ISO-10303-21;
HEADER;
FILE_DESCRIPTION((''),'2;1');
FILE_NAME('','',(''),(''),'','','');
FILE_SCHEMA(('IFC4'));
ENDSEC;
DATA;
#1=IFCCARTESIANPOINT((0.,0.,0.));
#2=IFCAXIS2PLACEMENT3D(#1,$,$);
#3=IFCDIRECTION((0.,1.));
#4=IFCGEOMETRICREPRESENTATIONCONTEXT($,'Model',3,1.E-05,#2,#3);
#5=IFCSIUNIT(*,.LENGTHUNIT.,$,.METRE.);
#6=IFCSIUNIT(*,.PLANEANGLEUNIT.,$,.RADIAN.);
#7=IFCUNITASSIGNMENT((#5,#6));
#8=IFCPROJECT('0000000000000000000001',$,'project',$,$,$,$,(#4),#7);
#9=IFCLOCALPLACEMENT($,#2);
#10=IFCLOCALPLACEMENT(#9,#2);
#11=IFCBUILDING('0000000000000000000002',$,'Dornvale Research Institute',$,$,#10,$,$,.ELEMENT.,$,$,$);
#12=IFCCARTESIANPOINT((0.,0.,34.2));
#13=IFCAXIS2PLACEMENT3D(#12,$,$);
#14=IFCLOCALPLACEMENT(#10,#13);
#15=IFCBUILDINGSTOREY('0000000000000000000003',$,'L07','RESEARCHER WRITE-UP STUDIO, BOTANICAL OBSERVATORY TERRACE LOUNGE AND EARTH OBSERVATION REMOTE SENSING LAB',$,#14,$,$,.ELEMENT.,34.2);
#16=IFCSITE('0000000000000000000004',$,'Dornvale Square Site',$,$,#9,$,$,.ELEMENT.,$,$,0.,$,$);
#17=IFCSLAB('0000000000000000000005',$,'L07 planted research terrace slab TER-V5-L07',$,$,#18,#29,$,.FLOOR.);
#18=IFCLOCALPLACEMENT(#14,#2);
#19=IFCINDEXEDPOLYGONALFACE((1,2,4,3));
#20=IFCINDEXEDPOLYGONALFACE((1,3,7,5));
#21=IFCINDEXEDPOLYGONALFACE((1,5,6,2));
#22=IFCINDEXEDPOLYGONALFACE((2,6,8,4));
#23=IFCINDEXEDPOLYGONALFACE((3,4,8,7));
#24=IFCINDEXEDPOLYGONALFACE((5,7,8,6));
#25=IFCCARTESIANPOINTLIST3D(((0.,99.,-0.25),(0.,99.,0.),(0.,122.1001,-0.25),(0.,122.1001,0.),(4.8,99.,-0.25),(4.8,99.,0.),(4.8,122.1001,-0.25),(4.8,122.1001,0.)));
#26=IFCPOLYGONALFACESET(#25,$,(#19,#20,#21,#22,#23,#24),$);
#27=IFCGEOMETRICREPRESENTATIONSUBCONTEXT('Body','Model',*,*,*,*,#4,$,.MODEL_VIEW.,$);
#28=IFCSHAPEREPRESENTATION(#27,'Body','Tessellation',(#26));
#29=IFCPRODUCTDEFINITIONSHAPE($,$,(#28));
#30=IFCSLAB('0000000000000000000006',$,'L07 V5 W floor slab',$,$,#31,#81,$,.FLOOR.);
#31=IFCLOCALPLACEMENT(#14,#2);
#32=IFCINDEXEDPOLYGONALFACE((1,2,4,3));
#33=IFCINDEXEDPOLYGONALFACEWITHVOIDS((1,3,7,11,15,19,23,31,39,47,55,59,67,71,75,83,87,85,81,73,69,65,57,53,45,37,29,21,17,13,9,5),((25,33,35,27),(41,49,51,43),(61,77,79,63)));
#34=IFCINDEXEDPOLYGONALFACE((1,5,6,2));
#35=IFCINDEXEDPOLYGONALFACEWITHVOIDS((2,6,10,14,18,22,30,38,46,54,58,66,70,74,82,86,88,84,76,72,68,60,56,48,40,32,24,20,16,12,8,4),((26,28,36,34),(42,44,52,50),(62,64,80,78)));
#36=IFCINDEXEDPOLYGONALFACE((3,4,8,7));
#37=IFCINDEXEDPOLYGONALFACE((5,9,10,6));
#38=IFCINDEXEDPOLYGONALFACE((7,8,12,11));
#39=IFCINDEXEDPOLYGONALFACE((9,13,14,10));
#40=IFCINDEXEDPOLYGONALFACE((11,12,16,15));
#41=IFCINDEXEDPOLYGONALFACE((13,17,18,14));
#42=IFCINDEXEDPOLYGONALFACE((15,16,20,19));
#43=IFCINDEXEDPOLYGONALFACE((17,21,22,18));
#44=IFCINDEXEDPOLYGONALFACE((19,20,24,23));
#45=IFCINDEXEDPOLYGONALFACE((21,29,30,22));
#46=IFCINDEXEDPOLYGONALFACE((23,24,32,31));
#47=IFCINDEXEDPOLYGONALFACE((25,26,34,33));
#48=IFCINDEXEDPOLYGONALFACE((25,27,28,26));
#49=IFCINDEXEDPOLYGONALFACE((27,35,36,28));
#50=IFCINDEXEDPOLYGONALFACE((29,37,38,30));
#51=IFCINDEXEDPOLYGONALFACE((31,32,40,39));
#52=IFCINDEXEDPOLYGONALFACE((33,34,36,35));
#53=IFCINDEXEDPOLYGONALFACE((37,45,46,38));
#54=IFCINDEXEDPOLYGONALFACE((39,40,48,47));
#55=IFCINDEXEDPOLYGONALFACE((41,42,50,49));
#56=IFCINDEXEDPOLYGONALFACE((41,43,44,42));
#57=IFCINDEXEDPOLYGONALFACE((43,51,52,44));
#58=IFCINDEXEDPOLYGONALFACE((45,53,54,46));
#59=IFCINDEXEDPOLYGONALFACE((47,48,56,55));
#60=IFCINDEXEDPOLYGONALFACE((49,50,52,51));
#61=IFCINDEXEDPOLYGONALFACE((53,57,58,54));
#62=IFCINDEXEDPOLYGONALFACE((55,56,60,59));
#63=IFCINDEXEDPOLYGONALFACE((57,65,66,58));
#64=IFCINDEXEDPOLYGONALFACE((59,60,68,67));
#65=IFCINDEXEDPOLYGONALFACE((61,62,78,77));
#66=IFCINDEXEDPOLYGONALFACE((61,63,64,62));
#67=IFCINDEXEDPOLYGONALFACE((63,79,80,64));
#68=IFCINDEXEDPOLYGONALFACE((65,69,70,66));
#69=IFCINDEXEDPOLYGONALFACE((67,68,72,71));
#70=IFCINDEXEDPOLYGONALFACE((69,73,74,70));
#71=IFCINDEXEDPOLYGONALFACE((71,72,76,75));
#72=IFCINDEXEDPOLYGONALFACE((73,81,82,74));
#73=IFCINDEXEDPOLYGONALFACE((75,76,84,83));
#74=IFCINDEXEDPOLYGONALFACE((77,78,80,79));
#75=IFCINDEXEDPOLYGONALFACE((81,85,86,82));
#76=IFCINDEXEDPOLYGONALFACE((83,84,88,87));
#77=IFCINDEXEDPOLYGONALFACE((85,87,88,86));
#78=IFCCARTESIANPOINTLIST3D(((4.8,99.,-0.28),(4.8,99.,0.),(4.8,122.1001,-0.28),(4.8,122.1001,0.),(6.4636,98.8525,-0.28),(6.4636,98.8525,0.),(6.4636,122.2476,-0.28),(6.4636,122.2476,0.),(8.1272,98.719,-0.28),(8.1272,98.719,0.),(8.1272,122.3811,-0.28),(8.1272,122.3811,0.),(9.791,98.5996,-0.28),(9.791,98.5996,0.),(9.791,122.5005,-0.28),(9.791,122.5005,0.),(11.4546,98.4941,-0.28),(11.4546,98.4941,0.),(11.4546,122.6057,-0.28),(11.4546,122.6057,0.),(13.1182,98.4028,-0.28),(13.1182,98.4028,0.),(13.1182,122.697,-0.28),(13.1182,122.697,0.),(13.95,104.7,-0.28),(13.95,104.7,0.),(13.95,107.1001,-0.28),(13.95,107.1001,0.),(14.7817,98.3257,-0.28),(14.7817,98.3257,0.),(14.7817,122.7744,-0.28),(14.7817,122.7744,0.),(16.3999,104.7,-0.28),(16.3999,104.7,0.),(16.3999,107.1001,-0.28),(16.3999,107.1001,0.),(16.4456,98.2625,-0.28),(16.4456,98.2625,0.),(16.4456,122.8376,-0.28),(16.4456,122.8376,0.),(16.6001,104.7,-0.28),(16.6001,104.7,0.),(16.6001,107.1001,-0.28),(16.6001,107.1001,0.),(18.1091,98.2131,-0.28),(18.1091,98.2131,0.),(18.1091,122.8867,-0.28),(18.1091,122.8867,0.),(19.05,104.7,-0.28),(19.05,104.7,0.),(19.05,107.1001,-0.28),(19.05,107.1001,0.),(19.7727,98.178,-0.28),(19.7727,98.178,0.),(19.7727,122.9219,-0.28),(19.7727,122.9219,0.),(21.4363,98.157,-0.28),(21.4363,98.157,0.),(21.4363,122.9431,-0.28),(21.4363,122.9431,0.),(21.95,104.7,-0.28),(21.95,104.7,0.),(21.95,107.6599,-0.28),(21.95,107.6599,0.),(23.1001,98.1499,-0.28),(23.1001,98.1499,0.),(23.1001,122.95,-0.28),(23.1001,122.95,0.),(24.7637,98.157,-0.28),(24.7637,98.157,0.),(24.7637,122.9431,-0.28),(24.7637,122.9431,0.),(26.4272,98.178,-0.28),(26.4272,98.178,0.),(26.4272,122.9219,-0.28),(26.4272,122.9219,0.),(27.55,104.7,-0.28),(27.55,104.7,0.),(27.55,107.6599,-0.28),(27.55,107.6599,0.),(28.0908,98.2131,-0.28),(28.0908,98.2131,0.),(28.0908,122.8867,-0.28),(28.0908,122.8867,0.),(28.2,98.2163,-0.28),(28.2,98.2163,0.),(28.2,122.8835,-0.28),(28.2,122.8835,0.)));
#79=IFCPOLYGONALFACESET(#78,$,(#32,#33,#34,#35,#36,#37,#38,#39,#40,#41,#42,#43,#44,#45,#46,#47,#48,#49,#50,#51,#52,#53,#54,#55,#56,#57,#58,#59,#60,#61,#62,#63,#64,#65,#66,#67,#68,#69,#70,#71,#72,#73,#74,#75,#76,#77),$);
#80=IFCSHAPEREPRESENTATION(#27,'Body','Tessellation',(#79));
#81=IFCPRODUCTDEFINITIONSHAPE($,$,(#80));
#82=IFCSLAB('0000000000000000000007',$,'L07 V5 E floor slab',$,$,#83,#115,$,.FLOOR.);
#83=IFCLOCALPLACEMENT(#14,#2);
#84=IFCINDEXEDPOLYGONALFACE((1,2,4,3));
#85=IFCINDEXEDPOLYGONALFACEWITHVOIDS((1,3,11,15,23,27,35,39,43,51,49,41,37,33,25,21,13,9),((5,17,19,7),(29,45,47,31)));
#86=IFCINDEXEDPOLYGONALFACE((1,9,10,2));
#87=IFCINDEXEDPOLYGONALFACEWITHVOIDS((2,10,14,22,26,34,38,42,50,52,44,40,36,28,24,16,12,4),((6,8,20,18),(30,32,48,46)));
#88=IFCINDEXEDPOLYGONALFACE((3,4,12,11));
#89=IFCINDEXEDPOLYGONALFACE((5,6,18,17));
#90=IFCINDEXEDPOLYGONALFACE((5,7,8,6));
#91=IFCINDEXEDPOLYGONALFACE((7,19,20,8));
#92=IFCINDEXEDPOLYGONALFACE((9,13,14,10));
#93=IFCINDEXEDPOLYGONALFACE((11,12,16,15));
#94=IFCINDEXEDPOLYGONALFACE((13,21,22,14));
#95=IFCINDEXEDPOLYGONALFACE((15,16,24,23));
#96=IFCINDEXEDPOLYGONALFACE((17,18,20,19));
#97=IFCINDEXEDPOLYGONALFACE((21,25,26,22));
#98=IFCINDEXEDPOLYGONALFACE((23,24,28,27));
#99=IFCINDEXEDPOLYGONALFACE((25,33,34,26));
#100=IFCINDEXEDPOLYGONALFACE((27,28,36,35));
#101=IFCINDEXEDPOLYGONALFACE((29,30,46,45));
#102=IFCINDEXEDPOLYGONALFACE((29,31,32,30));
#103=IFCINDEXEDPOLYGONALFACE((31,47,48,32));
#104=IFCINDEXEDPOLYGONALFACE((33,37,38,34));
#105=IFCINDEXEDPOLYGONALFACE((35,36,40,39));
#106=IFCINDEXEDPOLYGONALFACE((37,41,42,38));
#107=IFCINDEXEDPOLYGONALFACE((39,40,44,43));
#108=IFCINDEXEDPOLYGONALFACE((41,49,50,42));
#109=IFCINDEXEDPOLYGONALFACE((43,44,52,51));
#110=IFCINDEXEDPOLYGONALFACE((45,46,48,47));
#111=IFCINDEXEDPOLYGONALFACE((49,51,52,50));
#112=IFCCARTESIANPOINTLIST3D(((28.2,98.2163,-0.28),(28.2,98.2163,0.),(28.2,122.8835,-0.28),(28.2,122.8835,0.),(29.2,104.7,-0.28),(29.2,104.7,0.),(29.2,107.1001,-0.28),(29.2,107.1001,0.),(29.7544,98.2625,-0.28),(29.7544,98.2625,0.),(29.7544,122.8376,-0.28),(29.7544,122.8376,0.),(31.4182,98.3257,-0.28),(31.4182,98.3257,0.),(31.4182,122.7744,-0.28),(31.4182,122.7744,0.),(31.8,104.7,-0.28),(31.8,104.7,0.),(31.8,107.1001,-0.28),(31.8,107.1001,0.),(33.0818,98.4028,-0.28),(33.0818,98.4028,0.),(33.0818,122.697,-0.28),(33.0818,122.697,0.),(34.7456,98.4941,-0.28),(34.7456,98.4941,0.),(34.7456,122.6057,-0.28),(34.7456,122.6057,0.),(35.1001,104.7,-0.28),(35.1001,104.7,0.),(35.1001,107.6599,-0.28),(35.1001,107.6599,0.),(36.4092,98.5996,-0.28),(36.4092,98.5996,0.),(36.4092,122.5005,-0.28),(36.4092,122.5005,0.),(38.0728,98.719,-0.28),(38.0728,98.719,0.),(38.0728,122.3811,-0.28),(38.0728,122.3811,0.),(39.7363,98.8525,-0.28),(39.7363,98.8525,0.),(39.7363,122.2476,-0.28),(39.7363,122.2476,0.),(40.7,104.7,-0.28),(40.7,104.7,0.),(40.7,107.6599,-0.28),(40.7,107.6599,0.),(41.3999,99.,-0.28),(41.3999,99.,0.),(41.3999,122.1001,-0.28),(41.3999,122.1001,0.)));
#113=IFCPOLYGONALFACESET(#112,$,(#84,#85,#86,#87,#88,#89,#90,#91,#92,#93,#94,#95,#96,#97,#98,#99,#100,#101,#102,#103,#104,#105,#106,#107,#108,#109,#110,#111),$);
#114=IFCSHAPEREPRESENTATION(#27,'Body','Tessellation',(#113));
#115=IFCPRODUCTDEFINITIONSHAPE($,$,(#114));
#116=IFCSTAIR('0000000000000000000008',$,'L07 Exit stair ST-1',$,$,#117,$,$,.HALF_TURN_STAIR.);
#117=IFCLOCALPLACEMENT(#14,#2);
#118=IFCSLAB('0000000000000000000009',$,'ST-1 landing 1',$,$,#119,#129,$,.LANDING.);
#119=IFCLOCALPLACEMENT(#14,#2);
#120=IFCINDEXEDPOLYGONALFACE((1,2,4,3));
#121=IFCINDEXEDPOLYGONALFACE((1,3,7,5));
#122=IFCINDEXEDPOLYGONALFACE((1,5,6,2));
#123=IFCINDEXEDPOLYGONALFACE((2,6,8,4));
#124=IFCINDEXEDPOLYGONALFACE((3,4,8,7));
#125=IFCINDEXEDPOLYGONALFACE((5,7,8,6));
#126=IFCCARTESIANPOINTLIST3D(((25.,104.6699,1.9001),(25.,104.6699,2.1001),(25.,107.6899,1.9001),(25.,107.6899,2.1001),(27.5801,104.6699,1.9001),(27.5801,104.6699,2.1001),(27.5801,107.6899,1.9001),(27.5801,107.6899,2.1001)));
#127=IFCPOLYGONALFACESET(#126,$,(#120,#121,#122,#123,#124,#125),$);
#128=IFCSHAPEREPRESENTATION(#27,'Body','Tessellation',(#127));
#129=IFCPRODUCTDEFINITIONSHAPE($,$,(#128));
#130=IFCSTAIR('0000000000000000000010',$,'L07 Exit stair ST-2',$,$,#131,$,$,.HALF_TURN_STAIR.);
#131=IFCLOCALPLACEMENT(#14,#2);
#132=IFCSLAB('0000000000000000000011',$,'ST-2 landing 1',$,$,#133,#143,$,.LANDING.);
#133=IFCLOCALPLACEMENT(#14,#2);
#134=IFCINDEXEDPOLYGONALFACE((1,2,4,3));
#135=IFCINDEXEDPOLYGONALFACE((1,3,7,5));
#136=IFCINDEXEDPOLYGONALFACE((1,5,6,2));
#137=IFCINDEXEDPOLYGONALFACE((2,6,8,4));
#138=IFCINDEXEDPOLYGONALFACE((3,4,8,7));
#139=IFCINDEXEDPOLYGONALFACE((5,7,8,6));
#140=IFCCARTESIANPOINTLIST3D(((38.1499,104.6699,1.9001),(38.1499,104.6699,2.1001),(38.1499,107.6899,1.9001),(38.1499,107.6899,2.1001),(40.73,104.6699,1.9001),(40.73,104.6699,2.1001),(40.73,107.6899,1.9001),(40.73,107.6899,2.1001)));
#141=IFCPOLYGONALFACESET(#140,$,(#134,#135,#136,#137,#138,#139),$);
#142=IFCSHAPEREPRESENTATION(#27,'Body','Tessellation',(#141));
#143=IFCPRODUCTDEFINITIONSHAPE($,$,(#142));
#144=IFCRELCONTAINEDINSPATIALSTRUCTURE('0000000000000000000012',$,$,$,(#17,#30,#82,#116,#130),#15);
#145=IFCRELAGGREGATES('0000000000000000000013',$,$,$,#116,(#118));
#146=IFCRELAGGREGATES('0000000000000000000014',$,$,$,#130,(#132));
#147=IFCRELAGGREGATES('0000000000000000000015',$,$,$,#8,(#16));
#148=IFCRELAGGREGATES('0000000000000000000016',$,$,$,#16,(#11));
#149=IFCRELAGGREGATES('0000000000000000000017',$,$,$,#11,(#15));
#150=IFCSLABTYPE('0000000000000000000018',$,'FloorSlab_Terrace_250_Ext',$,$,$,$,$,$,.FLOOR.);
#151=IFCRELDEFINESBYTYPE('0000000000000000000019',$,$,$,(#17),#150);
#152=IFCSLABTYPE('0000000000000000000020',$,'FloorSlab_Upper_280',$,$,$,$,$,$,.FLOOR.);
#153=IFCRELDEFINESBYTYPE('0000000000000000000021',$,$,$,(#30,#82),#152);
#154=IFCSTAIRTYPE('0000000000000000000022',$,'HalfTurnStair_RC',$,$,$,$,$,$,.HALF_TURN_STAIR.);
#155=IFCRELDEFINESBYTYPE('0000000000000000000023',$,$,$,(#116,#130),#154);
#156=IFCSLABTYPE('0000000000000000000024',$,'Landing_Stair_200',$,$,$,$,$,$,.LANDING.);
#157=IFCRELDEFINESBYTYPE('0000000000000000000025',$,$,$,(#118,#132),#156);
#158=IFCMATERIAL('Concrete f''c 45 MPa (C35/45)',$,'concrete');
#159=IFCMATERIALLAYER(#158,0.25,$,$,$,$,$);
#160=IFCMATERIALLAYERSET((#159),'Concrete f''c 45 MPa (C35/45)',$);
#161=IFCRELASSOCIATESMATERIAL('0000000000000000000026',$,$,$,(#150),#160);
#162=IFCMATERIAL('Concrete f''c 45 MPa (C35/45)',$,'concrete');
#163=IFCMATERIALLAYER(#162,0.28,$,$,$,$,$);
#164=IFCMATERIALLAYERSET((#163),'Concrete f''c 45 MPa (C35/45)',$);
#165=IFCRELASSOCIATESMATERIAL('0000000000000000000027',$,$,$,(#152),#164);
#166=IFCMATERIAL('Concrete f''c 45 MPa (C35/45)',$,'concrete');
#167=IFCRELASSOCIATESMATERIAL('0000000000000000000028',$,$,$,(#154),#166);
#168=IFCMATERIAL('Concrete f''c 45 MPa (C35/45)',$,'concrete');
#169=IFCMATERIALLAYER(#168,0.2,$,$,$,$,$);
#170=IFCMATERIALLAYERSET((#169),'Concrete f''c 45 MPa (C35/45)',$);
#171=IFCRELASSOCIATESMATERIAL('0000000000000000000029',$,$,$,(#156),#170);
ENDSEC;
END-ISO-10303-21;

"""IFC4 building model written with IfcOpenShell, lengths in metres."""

from ifc_helpers import new_model, si_unit, direction, frame, origin, place, context, subcontext, project, spatial, polyline, outline, extrude, material, layer, layer_set, type_object, element, aggregate, save


model = new_model("IFC4")

# Units and contexts
model_context = context("Model", 3, precision=1e-05, world=origin(), true_north=direction((0.0, 1.0)))
body_context = subcontext(model_context, "Body", "Model", "MODEL_VIEW")
ifc_project = project(units=[si_unit("LENGTHUNIT", "METRE"), si_unit("PLANEANGLEUNIT", "RADIAN")], contexts=[model_context])

# Site, building, storey
site_placement = place(None, origin())
site = spatial("IfcSite", under=ifc_project, at=site_placement, Name="Dornvale Square Site", CompositionType="ELEMENT", RefElevation=0.0)
building_placement = place(site_placement, origin())
building = spatial("IfcBuilding", under=site, at=building_placement, Name="Dornvale Research Institute", CompositionType="ELEMENT")
storey_placement = place(building_placement, frame((0.0, 0.0, 34.2)))
storey = spatial("IfcBuildingStorey", under=building, at=storey_placement, Name="L07", Description="RESEARCHER WRITE-UP STUDIO, BOTANICAL OBSERVATORY TERRACE LOUNGE AND EARTH OBSERVATION REMOTE SENSING LAB", CompositionType="ELEMENT", Elevation=34.2)

# Slabs
ifc_material_1 = material(Name="Concrete f'c 45 MPa (C35/45)", Category="concrete")
ifc_layer_1 = layer(ifc_material_1, 0.25)
ifc_layer_set_1 = layer_set([ifc_layer_1], Name="Concrete f'c 45 MPa (C35/45)")
slab_type_1 = type_object("IfcSlabType", Name="FloorSlab_Terrace_250_Ext", PredefinedType="FLOOR", material=ifc_layer_set_1)
slab_1_placement = place(storey_placement, frame((0.0, 0.0, -0.25)))
element("IfcSlab", 1, at=slab_1_placement, inside=storey, type_object=slab_type_1, Name="L07 planted research terrace slab TER-V5-L07", PredefinedType="FLOOR", context=body_context, shape_type="SweptSolid", body=[
    extrude(outline(polyline([(0.0, 99.0), (4.8, 99.0), (4.8, 122.1001), (0.0, 122.1001), (0.0, 99.0)])), origin(), (0.0, 0.0, 1.0), 0.25),
])
ifc_material_2 = material(Name="Concrete f'c 45 MPa (C35/45)", Category="concrete")
ifc_layer_2 = layer(ifc_material_2, 0.28)
ifc_layer_set_2 = layer_set([ifc_layer_2], Name="Concrete f'c 45 MPa (C35/45)")
slab_type_2 = type_object("IfcSlabType", Name="FloorSlab_Upper_280", PredefinedType="FLOOR", material=ifc_layer_set_2)
slab_2_placement = place(storey_placement, frame((0.0, 0.0, -0.28)))
element("IfcSlab", 2, at=slab_2_placement, inside=storey, type_object=slab_type_2, Name="L07 V5 W floor slab", PredefinedType="FLOOR", context=body_context, shape_type="SweptSolid", body=[
    extrude(outline(polyline([(28.0908, 98.2131), (26.4272, 98.178), (24.7637, 98.157), (23.1001, 98.1499), (21.4363, 98.157), (19.7727, 98.178), (18.1091, 98.2131), (16.4456, 98.2625), (14.7817, 98.3257), (13.1182, 98.4028), (11.4546, 98.4941), (9.791, 98.5996), (8.1272, 98.719), (6.4636, 98.8525), (4.8, 99.0), (4.8, 122.1001), (6.4636, 122.2476), (8.1272, 122.3811), (9.791, 122.5005), (11.4546, 122.6057), (13.1182, 122.697), (14.7817, 122.7744), (16.4456, 122.8376), (18.1091, 122.8867), (19.7727, 122.9219), (21.4363, 122.9431), (23.1001, 122.95), (24.7637, 122.9431), (26.4272, 122.9219), (28.0908, 122.8867), (28.2, 122.8835), (28.2, 98.2163), (28.0908, 98.2131)]), holes=[polyline([(21.95, 104.7), (27.55, 104.7), (27.55, 107.6599), (21.95, 107.6599), (21.95, 104.7)]), polyline([(13.95, 104.7), (16.3999, 104.7), (16.3999, 107.1001), (13.95, 107.1001), (13.95, 104.7)]), polyline([(16.6001, 104.7), (19.05, 104.7), (19.05, 107.1001), (16.6001, 107.1001), (16.6001, 104.7)])]), origin(), (0.0, 0.0, 1.0), 0.28),
])
slab_3_placement = place(storey_placement, frame((0.0, 0.0, -0.28)))
element("IfcSlab", 3, at=slab_3_placement, inside=storey, type_object=slab_type_2, Name="L07 V5 E floor slab", PredefinedType="FLOOR", context=body_context, shape_type="SweptSolid", body=[
    extrude(outline(polyline([(29.7544, 122.8376), (31.4182, 122.7744), (33.0818, 122.697), (34.7456, 122.6057), (36.4092, 122.5005), (38.0728, 122.3811), (39.7363, 122.2476), (41.3999, 122.1001), (41.3999, 99.0), (39.7363, 98.8525), (38.0728, 98.719), (36.4092, 98.5996), (34.7456, 98.4941), (33.0818, 98.4028), (31.4182, 98.3257), (29.7544, 98.2625), (28.2, 98.2163), (28.2, 122.8835), (29.7544, 122.8376)]), holes=[polyline([(35.1001, 104.7), (40.7, 104.7), (40.7, 107.6599), (35.1001, 107.6599), (35.1001, 104.7)]), polyline([(29.2, 104.7), (31.8, 104.7), (31.8, 107.1001), (29.2, 107.1001), (29.2, 104.7)])]), origin(), (0.0, 0.0, 1.0), 0.28),
])

# Stairs, slabs
ifc_material_3 = material(Name="Concrete f'c 45 MPa (C35/45)", Category="concrete")
stair_type = type_object("IfcStairType", Name="HalfTurnStair_RC", PredefinedType="HALF_TURN_STAIR", material=ifc_material_3)
stair_1_placement = place(storey_placement, origin())
stair_1 = element("IfcStair", 4, at=stair_1_placement, inside=storey, type_object=stair_type, Name="L07 Exit stair ST-1", PredefinedType="HALF_TURN_STAIR")
ifc_material_4 = material(Name="Concrete f'c 45 MPa (C35/45)", Category="concrete")
ifc_layer_3 = layer(ifc_material_4, 0.2)
ifc_layer_set_3 = layer_set([ifc_layer_3], Name="Concrete f'c 45 MPa (C35/45)")
slab_type_3 = type_object("IfcSlabType", Name="Landing_Stair_200", PredefinedType="LANDING", material=ifc_layer_set_3)
slab_4_placement = place(storey_placement, frame((0.0, 0.0, 1.9001)))
slab_4 = element("IfcSlab", 5, at=slab_4_placement, type_object=slab_type_3, Name="ST-1 landing 1", PredefinedType="LANDING", context=body_context, shape_type="SweptSolid", body=[
    extrude(outline(polyline([(25.0, 104.6699), (25.0, 107.6899), (27.5801, 107.6899), (27.5801, 104.6699), (25.0, 104.6699)])), origin(), (0.0, 0.0, 1.0), 0.2),
])
aggregate(stair_1, [slab_4])
stair_2_placement = place(storey_placement, origin())
stair_2 = element("IfcStair", 6, at=stair_2_placement, inside=storey, type_object=stair_type, Name="L07 Exit stair ST-2", PredefinedType="HALF_TURN_STAIR")
slab_5_placement = place(storey_placement, frame((0.0, 0.0, 1.9001)))
slab_5 = element("IfcSlab", 7, at=slab_5_placement, type_object=slab_type_3, Name="ST-2 landing 1", PredefinedType="LANDING", context=body_context, shape_type="SweptSolid", body=[
    extrude(outline(polyline([(38.1499, 104.6699), (38.1499, 107.6899), (40.73, 107.6899), (40.73, 104.6699), (38.1499, 104.6699)])), origin(), (0.0, 0.0, 1.0), 0.2),
])
aggregate(stair_2, [slab_5])

save(model, "model.ifc")
